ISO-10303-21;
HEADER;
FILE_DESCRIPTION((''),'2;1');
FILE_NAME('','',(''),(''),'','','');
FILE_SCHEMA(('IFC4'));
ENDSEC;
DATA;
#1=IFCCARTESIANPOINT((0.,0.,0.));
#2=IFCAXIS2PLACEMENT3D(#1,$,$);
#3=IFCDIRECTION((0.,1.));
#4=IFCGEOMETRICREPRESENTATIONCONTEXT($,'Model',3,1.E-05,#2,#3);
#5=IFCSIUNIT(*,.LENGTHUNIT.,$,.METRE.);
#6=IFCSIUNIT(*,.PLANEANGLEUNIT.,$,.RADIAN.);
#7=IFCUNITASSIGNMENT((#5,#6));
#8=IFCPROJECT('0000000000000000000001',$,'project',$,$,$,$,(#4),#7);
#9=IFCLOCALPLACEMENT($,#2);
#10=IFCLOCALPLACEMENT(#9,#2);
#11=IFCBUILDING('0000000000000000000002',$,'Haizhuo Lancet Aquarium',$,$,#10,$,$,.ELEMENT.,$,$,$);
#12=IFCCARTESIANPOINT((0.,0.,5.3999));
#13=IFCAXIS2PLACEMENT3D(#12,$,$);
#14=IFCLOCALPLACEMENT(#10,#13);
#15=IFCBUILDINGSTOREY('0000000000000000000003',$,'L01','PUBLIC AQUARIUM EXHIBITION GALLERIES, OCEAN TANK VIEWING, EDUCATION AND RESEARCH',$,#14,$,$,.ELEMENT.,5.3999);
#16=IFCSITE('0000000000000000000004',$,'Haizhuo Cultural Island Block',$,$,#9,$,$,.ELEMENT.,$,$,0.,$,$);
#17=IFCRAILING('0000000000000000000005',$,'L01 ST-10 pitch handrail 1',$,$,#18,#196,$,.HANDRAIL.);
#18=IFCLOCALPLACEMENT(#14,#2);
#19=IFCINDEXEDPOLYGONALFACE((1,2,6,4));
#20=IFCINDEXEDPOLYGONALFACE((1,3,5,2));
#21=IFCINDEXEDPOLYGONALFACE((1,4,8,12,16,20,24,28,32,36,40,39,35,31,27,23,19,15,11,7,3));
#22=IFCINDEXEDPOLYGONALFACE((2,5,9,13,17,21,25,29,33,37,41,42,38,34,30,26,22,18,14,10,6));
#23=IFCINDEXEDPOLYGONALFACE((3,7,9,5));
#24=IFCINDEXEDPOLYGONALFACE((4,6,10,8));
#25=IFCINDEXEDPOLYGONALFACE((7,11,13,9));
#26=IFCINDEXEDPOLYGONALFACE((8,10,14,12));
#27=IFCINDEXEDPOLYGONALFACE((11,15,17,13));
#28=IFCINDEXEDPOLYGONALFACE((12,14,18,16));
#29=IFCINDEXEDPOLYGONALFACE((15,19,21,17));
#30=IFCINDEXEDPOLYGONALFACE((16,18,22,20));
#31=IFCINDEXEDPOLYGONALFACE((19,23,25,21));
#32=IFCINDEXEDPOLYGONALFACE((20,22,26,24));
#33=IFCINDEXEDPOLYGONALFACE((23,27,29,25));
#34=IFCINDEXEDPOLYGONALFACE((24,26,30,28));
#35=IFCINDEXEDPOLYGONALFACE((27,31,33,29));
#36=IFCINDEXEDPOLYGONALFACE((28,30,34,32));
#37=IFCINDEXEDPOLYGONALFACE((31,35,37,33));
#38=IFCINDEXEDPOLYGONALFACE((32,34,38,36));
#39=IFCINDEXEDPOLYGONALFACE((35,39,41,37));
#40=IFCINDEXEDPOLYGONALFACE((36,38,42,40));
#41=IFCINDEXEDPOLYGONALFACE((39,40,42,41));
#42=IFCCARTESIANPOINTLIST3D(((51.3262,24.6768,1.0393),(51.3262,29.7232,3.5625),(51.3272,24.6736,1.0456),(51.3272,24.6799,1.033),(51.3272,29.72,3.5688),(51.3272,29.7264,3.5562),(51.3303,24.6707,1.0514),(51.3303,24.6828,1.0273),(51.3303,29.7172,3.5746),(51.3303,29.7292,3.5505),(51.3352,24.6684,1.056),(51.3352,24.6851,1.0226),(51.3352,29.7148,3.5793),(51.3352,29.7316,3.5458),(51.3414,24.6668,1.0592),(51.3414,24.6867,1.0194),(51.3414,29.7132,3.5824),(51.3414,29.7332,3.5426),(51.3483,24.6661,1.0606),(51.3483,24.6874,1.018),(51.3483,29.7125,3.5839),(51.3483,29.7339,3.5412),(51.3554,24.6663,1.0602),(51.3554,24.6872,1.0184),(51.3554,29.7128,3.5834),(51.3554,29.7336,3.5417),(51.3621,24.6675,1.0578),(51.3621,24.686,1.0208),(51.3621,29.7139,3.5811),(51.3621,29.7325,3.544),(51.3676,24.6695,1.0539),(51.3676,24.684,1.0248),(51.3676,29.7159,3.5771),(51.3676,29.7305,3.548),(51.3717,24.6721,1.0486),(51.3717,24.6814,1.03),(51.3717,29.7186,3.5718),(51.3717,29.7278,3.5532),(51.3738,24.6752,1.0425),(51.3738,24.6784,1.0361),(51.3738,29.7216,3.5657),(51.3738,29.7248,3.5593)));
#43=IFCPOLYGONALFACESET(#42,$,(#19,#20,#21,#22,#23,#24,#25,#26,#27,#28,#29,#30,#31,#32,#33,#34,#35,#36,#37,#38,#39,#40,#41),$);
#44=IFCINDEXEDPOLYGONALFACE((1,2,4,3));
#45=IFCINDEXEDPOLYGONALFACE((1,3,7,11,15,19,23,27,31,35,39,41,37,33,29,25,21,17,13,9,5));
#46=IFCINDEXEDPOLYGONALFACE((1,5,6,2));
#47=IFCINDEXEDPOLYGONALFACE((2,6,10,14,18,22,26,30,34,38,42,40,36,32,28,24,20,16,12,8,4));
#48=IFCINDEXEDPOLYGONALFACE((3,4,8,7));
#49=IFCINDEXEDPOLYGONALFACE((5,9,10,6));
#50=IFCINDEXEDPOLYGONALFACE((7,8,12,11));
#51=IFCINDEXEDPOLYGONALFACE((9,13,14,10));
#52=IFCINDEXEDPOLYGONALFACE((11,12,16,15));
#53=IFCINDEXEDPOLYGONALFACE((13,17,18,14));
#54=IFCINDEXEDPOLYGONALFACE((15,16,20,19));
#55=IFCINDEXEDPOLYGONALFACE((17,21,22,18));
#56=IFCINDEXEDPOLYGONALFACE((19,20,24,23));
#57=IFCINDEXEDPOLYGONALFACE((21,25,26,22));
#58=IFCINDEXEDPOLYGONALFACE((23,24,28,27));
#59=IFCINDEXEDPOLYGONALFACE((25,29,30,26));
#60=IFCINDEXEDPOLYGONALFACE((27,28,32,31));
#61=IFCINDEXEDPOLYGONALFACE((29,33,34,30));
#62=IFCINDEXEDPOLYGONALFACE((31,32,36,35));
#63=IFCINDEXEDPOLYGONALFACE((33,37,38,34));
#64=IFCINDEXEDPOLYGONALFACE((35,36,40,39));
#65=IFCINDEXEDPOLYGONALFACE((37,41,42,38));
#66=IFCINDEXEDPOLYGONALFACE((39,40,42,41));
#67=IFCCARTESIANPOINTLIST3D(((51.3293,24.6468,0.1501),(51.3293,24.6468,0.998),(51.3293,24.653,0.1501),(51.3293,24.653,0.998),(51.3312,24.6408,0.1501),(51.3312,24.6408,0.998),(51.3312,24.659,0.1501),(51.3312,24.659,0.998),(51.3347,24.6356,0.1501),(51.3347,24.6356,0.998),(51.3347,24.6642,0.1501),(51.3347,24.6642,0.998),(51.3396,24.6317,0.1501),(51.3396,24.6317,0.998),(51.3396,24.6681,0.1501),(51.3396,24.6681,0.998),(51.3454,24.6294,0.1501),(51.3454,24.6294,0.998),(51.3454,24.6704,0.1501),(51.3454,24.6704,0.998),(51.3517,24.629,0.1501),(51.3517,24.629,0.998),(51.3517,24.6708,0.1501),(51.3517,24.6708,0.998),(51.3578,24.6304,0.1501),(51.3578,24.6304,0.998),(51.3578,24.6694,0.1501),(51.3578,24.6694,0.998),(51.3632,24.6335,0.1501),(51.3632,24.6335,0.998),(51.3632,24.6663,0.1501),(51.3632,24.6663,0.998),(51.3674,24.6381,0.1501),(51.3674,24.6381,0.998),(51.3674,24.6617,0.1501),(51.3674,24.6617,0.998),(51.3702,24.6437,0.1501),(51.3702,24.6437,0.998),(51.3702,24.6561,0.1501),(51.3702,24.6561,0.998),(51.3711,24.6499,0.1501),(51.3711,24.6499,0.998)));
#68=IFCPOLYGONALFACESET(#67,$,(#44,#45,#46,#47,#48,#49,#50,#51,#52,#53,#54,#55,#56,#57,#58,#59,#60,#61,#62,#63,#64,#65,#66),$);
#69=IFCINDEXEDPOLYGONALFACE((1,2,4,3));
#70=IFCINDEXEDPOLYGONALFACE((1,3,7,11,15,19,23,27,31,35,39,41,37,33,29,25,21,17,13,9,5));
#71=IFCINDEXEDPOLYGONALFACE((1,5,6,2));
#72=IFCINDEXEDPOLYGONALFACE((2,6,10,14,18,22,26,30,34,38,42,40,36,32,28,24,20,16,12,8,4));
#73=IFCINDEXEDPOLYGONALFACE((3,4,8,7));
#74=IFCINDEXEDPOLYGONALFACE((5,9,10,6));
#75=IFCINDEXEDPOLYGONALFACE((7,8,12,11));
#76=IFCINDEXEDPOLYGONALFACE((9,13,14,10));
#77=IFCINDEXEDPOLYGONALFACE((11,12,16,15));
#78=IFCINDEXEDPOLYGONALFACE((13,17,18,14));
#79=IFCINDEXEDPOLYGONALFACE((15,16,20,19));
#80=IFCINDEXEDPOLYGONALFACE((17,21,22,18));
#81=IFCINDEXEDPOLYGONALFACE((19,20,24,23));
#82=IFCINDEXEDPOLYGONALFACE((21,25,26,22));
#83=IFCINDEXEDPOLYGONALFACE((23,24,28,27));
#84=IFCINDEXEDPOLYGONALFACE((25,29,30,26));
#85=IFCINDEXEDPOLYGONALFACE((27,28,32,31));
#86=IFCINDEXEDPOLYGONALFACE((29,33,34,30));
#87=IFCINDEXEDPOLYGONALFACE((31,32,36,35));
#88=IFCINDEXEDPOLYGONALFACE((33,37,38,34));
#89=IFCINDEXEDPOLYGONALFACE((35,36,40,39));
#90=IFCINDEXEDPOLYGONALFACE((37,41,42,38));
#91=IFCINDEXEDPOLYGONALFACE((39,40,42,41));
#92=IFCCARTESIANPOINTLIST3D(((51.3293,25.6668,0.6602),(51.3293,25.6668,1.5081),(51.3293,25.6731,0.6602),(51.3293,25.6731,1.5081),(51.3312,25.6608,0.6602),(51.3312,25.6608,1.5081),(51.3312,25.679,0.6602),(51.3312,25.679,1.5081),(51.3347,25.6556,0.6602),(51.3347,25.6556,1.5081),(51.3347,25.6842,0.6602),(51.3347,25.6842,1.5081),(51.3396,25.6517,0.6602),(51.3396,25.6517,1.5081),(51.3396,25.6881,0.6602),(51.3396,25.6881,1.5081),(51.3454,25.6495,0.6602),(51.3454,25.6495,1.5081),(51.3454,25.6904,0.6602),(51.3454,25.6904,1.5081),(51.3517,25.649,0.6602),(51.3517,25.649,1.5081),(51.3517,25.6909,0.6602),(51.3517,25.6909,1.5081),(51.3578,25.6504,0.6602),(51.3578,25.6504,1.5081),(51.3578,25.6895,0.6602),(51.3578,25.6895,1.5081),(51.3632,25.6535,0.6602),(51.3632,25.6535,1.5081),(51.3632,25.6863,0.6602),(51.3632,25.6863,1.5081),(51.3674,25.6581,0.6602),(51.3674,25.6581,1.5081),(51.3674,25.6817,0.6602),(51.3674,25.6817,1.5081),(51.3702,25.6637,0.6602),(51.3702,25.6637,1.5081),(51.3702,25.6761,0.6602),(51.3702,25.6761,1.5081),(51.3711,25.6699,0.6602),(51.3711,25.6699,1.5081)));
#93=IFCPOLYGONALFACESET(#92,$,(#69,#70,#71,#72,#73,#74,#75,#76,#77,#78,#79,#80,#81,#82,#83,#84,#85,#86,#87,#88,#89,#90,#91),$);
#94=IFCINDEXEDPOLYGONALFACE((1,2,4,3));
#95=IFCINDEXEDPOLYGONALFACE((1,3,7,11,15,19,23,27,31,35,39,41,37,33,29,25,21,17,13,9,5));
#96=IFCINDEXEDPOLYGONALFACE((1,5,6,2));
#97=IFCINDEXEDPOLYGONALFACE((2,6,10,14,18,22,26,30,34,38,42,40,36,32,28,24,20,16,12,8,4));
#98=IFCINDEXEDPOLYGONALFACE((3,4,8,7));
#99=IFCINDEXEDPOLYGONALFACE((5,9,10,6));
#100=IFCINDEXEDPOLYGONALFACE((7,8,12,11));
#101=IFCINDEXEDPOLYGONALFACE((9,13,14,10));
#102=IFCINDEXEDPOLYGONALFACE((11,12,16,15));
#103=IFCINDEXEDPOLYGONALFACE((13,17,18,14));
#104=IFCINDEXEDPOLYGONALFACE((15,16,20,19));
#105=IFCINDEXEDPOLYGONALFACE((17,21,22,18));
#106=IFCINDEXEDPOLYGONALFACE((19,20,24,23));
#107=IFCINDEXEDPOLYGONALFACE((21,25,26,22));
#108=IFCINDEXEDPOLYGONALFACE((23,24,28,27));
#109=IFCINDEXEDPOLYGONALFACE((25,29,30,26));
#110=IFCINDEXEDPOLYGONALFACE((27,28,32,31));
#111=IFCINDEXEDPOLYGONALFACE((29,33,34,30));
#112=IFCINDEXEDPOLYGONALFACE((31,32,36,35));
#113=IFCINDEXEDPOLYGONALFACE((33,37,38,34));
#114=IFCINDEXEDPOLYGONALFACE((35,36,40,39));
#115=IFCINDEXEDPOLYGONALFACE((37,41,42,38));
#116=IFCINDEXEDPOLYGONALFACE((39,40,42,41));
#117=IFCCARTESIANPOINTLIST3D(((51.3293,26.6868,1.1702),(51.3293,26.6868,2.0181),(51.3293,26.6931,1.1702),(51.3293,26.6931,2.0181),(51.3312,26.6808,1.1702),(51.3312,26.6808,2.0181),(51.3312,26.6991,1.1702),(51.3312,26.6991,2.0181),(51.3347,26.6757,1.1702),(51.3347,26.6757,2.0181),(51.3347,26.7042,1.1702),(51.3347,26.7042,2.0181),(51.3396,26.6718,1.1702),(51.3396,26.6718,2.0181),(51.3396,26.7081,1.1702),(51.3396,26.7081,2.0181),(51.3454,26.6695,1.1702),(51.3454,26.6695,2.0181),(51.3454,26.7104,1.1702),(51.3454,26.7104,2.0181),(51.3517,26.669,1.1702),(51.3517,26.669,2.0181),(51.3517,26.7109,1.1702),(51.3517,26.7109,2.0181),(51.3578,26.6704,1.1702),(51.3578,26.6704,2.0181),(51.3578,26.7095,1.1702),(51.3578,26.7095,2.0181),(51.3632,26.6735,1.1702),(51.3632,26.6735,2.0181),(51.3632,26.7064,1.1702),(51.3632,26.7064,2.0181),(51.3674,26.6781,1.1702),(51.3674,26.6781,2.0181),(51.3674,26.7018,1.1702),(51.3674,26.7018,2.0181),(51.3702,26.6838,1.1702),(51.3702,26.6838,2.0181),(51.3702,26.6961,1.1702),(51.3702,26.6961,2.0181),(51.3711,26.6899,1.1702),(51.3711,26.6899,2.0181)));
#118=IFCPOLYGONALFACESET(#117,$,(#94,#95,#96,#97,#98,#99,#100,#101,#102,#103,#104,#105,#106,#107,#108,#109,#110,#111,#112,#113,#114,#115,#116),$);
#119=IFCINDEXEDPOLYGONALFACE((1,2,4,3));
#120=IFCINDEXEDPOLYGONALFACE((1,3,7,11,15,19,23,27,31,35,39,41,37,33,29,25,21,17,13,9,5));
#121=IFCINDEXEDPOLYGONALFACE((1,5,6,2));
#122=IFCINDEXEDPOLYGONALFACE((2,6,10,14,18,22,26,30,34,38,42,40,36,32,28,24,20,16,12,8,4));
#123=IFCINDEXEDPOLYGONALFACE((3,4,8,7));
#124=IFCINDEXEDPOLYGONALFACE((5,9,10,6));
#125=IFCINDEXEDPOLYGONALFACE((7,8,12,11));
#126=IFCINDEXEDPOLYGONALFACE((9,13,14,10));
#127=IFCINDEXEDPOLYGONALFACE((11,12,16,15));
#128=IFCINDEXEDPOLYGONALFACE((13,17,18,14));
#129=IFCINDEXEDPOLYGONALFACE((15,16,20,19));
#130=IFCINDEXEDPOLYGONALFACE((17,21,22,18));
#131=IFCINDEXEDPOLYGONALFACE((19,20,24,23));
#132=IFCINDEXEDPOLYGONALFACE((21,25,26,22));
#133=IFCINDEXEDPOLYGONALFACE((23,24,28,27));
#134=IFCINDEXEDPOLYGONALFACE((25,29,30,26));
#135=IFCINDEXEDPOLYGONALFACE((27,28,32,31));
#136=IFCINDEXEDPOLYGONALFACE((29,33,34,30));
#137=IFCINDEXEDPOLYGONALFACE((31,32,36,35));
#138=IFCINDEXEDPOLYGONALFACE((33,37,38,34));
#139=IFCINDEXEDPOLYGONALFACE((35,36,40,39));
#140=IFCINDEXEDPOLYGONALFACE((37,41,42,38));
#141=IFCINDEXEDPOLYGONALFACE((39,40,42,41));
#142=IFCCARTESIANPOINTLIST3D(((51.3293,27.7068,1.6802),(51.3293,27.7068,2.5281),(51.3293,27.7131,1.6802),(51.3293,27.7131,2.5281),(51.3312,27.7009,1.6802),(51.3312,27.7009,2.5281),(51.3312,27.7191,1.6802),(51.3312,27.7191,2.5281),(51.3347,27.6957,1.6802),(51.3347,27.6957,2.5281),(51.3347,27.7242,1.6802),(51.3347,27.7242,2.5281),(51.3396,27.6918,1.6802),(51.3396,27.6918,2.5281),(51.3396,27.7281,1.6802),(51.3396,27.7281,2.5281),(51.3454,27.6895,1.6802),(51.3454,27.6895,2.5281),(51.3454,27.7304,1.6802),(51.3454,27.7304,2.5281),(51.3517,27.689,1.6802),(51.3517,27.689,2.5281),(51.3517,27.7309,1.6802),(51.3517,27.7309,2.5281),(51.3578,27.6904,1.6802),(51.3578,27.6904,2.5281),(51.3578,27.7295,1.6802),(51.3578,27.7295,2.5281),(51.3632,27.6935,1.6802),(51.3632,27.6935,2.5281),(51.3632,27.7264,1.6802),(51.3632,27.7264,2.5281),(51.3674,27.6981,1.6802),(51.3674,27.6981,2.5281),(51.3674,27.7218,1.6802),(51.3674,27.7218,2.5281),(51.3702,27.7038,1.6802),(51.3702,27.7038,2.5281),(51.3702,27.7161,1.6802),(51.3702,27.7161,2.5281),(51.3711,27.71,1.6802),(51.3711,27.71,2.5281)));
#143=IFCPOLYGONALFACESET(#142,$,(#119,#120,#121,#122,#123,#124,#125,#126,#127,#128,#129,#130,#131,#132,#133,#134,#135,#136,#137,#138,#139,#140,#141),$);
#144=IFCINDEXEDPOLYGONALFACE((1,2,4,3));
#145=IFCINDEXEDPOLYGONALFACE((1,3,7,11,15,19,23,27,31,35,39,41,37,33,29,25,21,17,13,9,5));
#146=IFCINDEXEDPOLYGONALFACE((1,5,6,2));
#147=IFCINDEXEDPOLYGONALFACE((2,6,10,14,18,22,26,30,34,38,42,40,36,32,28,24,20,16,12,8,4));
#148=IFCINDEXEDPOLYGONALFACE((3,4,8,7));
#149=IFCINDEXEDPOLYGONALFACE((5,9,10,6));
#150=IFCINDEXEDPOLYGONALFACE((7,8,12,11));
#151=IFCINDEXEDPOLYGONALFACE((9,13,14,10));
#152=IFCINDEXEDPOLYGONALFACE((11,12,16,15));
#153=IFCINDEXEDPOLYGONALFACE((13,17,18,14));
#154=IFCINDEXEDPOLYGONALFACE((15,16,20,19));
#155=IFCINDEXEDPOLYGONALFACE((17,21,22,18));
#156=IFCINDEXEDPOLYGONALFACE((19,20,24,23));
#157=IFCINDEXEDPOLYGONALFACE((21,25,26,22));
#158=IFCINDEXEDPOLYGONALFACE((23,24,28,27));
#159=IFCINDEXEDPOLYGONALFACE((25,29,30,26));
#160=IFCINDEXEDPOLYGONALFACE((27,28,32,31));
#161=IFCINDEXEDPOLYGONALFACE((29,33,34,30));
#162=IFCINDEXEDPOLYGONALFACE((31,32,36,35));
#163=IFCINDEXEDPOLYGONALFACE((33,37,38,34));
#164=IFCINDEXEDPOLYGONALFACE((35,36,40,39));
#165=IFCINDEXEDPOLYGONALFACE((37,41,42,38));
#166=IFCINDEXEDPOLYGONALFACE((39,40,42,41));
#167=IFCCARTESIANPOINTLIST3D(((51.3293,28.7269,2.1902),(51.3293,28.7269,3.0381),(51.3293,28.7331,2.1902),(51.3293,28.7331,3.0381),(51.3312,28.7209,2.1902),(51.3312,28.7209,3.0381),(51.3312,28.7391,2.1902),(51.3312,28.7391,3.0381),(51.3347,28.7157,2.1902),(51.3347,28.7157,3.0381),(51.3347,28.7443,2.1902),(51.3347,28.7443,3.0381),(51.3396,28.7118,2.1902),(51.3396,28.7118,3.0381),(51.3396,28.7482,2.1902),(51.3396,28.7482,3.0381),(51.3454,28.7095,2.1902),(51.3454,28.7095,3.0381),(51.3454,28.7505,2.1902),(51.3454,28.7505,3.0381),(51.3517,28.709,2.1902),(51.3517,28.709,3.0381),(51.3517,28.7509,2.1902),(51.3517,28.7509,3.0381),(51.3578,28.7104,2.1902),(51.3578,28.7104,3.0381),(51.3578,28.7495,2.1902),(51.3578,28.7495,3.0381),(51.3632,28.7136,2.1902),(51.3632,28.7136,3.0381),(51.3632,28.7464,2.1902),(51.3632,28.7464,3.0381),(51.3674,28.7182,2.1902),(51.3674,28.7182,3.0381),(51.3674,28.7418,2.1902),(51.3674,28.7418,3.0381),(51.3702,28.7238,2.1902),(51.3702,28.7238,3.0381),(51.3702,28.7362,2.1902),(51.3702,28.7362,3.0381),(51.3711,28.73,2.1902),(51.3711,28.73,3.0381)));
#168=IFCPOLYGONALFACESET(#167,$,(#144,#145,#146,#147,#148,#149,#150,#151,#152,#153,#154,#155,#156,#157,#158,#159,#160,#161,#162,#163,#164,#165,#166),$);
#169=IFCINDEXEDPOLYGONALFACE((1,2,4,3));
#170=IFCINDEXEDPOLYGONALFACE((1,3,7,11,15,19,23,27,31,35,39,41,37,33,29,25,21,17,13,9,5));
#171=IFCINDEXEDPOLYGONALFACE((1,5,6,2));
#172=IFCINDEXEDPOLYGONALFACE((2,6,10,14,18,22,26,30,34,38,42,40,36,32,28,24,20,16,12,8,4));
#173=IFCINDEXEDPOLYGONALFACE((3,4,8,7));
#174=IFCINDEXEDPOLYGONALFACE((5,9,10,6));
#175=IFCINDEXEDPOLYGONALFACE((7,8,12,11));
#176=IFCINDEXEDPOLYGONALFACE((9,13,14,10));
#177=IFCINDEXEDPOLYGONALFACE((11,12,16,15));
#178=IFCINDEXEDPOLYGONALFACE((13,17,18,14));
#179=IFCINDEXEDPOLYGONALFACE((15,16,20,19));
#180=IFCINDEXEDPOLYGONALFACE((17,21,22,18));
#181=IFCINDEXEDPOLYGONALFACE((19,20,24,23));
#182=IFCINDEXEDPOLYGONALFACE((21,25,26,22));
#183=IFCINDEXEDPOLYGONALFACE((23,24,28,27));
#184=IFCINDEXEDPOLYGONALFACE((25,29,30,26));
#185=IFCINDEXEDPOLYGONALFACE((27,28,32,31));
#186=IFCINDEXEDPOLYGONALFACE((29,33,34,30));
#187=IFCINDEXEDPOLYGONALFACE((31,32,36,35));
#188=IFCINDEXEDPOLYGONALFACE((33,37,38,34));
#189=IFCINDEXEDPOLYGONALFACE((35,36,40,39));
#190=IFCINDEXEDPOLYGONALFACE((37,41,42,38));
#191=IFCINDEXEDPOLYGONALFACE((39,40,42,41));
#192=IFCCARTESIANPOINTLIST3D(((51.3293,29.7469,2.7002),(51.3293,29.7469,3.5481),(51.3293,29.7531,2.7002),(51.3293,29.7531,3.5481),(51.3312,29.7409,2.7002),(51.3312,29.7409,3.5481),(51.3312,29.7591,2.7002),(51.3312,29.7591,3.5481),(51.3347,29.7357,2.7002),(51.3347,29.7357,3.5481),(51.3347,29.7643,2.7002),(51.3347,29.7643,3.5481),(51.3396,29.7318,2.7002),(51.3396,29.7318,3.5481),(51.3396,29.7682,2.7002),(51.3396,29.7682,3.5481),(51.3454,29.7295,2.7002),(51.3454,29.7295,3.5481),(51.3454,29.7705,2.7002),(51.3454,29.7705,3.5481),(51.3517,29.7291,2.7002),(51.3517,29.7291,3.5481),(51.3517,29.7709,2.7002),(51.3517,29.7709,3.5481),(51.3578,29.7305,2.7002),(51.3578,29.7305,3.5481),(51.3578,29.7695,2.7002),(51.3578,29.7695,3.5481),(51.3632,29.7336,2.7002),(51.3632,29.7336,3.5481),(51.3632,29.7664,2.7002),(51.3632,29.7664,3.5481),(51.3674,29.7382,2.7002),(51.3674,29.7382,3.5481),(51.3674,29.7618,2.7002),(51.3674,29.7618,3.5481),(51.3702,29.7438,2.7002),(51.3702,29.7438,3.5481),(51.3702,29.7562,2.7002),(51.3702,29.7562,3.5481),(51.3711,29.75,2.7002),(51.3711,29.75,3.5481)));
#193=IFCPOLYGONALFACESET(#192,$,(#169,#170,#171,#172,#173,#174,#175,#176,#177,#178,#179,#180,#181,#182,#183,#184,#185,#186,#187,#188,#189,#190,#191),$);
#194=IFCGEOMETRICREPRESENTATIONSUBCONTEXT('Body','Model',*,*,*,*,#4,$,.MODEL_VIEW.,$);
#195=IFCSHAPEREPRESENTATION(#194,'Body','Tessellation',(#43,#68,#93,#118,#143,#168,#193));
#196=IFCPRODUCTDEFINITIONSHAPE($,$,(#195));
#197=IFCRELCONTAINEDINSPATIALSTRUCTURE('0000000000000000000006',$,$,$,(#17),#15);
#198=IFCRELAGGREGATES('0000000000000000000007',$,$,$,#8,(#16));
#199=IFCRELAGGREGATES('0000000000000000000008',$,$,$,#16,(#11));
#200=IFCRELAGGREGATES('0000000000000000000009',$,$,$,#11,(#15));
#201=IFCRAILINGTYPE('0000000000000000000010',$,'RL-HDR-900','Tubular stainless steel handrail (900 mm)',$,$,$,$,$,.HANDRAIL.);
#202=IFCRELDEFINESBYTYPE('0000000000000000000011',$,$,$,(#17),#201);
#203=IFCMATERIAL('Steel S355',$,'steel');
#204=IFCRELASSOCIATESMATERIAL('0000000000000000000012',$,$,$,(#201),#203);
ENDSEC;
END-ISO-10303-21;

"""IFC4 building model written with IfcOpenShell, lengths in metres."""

from ifc_helpers import new_model, si_unit, direction, frame, origin, origin_2d, place, context, subcontext, project, spatial, circle, extrude, material, type_object, element, save


model = new_model("IFC4")

# Units and contexts
model_context = context("Model", 3, precision=1e-05, world=origin(), true_north=direction((0.0, 1.0)))
body_context = subcontext(model_context, "Body", "Model", "MODEL_VIEW")
ifc_project = project(units=[si_unit("LENGTHUNIT", "METRE"), si_unit("PLANEANGLEUNIT", "RADIAN")], contexts=[model_context])

# Site, building, storey
site_placement = place(None, origin())
site = spatial("IfcSite", under=ifc_project, at=site_placement, Name="Haizhuo Cultural Island Block", CompositionType="ELEMENT", RefElevation=0.0)
building_placement = place(site_placement, origin())
building = spatial("IfcBuilding", under=site, at=building_placement, Name="Haizhuo Lancet Aquarium", CompositionType="ELEMENT")
storey_placement = place(building_placement, frame((0.0, 0.0, 5.3999)))
storey = spatial("IfcBuildingStorey", under=building, at=storey_placement, Name="L01", Description="PUBLIC AQUARIUM EXHIBITION GALLERIES, OCEAN TANK VIEWING, EDUCATION AND RESEARCH", CompositionType="ELEMENT", Elevation=5.3999)

# Shared definitions
ifc_material_1 = material(Name="Steel S355", Category="steel")

# Railing
railing_type_1 = type_object("IfcRailingType", Name="RL-HDR-900", Description="Tubular stainless steel handrail (900 mm)", PredefinedType="HANDRAIL", material=ifc_material_1)
railing_1_placement = place(storey_placement, frame((51.3501, 24.6499, 0.1501)))
element("IfcRailing", 1, at=railing_1_placement, inside=storey, type_object=railing_type_1, Name="L01 ST-10 pitch handrail 1", PredefinedType="HANDRAIL", context=body_context, shape_type="SweptSolid", body=[
    extrude(circle(Radius=0.0239, at=origin_2d()), frame((0.0, 0.0269, 0.8892), z_axis=(0.0, 0.894427, 0.447214), x_axis=(-1.0, 0.0, 0.0)), (0.0, 0.0, 1.0), 5.6421),
    extrude(circle(Radius=0.021, at=origin_2d()), origin(), (0.0, 0.0, 1.0), 0.8479),
    extrude(circle(Radius=0.021, at=origin_2d()), frame((0.0, 1.02, 0.51)), (0.0, 0.0, 1.0), 0.8479),
    extrude(circle(Radius=0.021, at=origin_2d()), frame((0.0, 2.04, 1.02)), (0.0, 0.0, 1.0), 0.8479),
    extrude(circle(Radius=0.021, at=origin_2d()), frame((0.0, 3.0601, 1.53)), (0.0, 0.0, 1.0), 0.8479),
    extrude(circle(Radius=0.021, at=origin_2d()), frame((0.0, 4.0801, 2.04)), (0.0, 0.0, 1.0), 0.8479),
    extrude(circle(Radius=0.021, at=origin_2d()), frame((0.0, 5.1001, 2.55)), (0.0, 0.0, 1.0), 0.8479),
])

save(model, "model.ifc")
